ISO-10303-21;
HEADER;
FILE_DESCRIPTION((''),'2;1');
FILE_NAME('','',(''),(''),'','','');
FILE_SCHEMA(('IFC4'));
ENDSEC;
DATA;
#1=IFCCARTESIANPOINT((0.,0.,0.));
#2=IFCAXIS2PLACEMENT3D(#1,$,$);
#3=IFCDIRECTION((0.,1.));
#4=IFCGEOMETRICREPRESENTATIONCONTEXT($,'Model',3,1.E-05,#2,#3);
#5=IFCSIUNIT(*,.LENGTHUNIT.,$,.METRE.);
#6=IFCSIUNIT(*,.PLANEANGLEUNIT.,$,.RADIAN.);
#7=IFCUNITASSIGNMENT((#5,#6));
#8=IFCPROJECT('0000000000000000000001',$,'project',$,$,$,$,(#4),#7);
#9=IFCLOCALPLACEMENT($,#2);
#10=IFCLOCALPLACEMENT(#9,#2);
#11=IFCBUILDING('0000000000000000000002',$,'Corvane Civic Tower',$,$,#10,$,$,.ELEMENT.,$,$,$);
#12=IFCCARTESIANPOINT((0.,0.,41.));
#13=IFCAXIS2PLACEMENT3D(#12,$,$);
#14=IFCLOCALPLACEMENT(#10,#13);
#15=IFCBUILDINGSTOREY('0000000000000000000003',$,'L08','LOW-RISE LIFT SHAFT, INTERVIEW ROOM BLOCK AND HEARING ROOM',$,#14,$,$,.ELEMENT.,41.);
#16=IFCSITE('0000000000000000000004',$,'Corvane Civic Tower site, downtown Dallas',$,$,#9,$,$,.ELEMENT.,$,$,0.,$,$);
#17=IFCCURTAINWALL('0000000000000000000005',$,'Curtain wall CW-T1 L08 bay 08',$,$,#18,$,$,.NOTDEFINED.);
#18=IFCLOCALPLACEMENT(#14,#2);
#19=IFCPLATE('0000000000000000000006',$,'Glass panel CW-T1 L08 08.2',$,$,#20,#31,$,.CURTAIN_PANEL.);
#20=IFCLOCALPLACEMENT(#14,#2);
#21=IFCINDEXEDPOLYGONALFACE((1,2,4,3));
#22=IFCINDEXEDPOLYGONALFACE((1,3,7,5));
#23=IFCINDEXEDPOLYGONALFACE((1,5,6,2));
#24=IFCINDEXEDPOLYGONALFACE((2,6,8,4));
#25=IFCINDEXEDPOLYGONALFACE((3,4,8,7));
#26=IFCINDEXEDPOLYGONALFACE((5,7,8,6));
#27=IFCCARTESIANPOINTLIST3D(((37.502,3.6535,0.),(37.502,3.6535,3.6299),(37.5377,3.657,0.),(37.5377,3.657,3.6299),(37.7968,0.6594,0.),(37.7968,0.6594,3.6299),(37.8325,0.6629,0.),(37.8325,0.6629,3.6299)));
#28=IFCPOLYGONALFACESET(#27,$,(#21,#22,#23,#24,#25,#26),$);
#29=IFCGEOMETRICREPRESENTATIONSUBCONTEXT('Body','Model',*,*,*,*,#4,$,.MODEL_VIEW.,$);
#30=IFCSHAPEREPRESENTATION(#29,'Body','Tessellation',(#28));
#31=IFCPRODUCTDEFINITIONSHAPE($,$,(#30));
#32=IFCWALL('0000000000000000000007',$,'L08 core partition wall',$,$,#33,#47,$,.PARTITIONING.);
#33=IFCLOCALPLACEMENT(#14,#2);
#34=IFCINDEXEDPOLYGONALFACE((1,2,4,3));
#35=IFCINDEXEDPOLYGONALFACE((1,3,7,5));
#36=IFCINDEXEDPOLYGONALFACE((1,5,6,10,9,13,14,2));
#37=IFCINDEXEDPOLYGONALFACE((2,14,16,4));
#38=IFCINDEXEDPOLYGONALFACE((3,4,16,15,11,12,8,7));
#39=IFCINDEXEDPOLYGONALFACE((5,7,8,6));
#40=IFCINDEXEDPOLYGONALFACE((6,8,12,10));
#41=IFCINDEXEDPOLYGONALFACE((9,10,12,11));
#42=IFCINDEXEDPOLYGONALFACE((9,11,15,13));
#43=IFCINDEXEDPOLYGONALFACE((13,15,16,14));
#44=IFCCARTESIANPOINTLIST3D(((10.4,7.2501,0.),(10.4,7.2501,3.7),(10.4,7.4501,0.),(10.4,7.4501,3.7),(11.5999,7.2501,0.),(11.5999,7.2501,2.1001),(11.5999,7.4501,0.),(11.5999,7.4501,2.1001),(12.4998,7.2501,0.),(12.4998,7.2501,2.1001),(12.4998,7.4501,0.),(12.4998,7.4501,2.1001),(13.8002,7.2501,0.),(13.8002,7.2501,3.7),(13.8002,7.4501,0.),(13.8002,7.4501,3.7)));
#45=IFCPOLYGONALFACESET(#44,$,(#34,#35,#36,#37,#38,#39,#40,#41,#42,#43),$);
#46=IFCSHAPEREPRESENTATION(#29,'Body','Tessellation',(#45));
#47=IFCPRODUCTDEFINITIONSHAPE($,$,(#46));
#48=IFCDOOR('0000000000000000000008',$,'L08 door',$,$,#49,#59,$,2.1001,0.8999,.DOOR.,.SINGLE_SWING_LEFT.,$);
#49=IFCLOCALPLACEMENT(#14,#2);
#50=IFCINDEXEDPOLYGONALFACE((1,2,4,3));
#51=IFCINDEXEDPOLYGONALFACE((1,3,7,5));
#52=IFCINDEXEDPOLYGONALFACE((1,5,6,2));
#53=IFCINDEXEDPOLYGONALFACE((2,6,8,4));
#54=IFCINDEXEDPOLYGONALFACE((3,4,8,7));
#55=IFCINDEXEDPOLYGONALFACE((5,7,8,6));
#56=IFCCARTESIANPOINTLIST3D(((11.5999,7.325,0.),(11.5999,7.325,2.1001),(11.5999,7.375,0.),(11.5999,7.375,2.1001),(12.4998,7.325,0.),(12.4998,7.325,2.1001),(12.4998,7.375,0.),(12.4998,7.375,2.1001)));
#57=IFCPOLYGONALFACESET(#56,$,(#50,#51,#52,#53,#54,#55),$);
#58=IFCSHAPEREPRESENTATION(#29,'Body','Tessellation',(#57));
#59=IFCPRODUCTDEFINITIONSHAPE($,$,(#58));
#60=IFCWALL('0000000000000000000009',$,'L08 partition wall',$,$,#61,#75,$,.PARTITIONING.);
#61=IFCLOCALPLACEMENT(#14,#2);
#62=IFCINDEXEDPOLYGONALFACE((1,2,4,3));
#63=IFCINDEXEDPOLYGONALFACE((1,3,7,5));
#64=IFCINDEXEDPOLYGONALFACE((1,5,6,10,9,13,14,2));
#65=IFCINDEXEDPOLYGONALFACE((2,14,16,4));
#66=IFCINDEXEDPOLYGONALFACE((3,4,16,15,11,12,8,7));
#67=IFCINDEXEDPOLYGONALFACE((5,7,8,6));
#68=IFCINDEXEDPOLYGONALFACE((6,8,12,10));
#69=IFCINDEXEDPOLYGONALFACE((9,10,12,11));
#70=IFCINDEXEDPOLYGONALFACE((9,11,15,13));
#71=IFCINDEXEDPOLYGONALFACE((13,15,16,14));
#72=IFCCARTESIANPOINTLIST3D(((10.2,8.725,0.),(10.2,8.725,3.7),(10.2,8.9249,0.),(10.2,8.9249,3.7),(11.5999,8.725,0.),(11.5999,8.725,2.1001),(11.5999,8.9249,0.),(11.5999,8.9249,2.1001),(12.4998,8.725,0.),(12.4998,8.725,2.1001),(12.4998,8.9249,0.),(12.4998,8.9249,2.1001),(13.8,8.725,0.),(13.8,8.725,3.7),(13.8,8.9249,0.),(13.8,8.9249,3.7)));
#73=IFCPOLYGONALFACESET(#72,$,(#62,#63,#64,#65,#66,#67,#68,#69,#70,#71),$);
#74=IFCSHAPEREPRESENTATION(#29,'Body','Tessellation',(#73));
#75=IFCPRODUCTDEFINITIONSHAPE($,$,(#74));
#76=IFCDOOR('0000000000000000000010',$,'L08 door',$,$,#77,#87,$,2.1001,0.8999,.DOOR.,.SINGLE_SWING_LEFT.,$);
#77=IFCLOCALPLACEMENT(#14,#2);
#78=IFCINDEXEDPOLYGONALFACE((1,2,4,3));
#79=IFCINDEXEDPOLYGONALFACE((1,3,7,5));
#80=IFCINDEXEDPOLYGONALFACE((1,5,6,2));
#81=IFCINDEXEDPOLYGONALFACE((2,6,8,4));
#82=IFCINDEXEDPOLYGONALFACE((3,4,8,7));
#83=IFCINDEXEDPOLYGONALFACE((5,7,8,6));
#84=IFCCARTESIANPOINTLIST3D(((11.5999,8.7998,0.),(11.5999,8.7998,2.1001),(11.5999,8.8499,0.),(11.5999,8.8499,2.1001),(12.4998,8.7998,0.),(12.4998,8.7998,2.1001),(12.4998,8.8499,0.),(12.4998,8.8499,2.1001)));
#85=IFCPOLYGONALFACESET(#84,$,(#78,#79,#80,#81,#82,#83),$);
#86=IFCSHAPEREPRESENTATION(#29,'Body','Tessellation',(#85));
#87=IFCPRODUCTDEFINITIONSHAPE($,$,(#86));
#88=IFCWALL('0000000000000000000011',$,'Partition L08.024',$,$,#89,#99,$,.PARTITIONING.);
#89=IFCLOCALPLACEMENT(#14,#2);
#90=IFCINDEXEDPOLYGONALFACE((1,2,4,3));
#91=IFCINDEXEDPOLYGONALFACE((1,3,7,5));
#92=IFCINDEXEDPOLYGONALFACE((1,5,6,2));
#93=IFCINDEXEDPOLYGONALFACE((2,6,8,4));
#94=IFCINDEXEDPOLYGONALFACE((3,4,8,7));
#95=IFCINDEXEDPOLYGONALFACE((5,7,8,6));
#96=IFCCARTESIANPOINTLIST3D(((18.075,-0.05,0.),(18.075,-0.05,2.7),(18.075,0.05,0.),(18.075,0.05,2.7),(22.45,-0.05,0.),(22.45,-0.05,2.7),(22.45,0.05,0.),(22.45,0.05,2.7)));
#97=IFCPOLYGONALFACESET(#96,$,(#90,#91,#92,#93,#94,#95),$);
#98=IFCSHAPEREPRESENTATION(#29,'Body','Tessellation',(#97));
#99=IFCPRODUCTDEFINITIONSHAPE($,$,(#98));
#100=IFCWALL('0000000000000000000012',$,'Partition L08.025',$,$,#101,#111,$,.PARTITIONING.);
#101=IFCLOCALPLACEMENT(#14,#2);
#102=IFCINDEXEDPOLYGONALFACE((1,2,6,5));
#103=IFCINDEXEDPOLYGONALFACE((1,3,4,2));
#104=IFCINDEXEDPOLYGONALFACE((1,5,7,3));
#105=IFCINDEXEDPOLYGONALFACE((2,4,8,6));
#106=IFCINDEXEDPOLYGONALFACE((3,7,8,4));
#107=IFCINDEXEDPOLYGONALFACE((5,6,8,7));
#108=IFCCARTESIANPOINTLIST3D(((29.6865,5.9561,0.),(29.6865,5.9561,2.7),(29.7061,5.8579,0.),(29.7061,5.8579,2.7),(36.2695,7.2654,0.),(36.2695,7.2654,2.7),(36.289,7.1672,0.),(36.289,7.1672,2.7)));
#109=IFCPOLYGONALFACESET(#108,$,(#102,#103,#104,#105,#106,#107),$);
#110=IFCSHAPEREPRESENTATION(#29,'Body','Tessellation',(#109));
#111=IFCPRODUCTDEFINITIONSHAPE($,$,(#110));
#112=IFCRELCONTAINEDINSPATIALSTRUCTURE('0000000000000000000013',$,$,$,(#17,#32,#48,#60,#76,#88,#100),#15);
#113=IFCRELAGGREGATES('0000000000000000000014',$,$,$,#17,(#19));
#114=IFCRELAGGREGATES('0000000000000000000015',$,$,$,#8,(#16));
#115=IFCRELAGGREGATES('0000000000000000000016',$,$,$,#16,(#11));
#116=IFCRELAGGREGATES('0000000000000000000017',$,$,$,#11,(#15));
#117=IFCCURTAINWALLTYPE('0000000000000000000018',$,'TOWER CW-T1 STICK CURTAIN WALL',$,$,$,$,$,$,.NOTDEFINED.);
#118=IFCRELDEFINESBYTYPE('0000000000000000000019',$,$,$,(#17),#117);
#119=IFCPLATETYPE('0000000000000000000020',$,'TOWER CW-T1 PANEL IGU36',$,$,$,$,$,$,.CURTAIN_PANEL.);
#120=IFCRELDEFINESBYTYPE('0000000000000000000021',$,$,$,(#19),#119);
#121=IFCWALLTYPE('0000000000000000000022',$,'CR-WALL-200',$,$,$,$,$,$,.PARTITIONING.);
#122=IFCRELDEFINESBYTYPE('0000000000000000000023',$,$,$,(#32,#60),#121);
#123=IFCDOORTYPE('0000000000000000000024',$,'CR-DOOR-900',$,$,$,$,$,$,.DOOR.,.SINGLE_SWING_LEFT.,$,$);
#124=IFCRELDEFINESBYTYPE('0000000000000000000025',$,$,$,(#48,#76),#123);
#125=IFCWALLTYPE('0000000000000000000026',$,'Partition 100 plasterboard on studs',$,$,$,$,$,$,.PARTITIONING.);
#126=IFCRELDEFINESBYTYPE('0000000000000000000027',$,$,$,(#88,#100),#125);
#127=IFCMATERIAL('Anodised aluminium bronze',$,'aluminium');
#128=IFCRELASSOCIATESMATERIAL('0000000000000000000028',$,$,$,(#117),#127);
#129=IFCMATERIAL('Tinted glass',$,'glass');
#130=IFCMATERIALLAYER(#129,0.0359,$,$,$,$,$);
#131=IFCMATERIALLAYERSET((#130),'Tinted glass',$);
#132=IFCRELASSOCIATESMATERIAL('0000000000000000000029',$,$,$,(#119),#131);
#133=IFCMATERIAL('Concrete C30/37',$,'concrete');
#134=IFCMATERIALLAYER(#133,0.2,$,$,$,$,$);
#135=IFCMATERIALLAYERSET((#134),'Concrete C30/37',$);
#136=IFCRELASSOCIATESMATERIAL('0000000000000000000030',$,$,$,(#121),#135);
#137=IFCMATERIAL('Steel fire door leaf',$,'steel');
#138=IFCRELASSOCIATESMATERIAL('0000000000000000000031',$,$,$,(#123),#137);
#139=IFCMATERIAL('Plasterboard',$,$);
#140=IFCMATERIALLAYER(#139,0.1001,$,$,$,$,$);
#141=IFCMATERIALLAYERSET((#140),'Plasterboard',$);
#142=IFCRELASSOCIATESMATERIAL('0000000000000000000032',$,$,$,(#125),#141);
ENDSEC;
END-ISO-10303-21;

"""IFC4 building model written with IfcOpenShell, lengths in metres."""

from ifc_helpers import new_model, si_unit, direction, frame, frame_2d, origin, origin_2d, place, context, subcontext, project, spatial, rectangle, extrude, material, layer, layer_set, type_object, element, fill, aggregate, save


model = new_model("IFC4")

# Units and contexts
model_context = context("Model", 3, precision=1e-05, world=origin(), true_north=direction((0.0, 1.0)))
body_context = subcontext(model_context, "Body", "Model", "MODEL_VIEW")
ifc_project = project(units=[si_unit("LENGTHUNIT", "METRE"), si_unit("PLANEANGLEUNIT", "RADIAN")], contexts=[model_context])

# Site, building, storey
site_placement = place(None, origin())
site = spatial("IfcSite", under=ifc_project, at=site_placement, Name="Corvane Civic Tower site, downtown Dallas", CompositionType="ELEMENT", RefElevation=0.0)
building_placement = place(site_placement, origin())
building = spatial("IfcBuilding", under=site, at=building_placement, Name="Corvane Civic Tower", CompositionType="ELEMENT")
storey_placement = place(building_placement, frame((0.0, 0.0, 41.0)))
storey = spatial("IfcBuildingStorey", under=building, at=storey_placement, Name="L08", Description="LOW-RISE LIFT SHAFT, INTERVIEW ROOM BLOCK AND HEARING ROOM", CompositionType="ELEMENT", Elevation=41.0)

# Curtain wall
ifc_material_1 = material(Name="Anodised aluminium bronze", Category="aluminium")
curtain_wall_type = type_object("IfcCurtainWallType", Name="TOWER CW-T1 STICK CURTAIN WALL", PredefinedType="NOTDEFINED", material=ifc_material_1)
curtain_wall_1_placement = place(storey_placement, origin())
curtain_wall_1 = element("IfcCurtainWall", 1, at=curtain_wall_1_placement, inside=storey, type_object=curtain_wall_type, Name="Curtain wall CW-T1 L08 bay 08", PredefinedType="NOTDEFINED")

# Plate
ifc_material_2 = material(Name="Tinted glass", Category="glass")
ifc_layer_1 = layer(ifc_material_2, 0.0359)
ifc_layer_set_1 = layer_set([ifc_layer_1], Name="Tinted glass")
plate_type = type_object("IfcPlateType", Name="TOWER CW-T1 PANEL IGU36", PredefinedType="CURTAIN_PANEL", material=ifc_layer_set_1)
plate_1_placement = place(storey_placement, frame((37.6672, 2.1582, 0.0), z_axis=(0.0, 0.0, 1.0), x_axis=(0.098006, -0.995186, 0.0)))
plate_1 = element("IfcPlate", 2, at=plate_1_placement, type_object=plate_type, Name="Glass panel CW-T1 L08 08.2", PredefinedType="CURTAIN_PANEL", context=body_context, shape_type="SweptSolid", body=[
    extrude(rectangle(XDim=3.0085, YDim=0.0359, at=origin_2d()), origin(), (0.0, 0.0, 1.0), 3.6299),
])
aggregate(curtain_wall_1, [plate_1])

# Walls, openings, doors
ifc_material_3 = material(Name="Concrete C30/37", Category="concrete")
ifc_layer_2 = layer(ifc_material_3, 0.2)
ifc_layer_set_2 = layer_set([ifc_layer_2], Name="Concrete C30/37")
wall_type_1 = type_object("IfcWallType", Name="CR-WALL-200", PredefinedType="PARTITIONING", material=ifc_layer_set_2)
wall_1_placement = place(storey_placement, frame((10.3999, 7.3501, 0.0), z_axis=(0.0, 0.0, 1.0), x_axis=(1.0, 0.0, 0.0)))
wall_1 = element("IfcWall", 3, at=wall_1_placement, inside=storey, type_object=wall_type_1, Name="L08 core partition wall", PredefinedType="PARTITIONING", context=body_context, shape_type="SweptSolid", body=[
    extrude(rectangle(XDim=3.4001, YDim=0.2, at=frame_2d((1.7002, 0.0))), origin(), (0.0, 0.0, 1.0), 3.7),
])
opening_1_placement = place(wall_1_placement, frame((1.2, 0.0, 0.0)))
opening_1 = element("IfcOpeningElement", 4, at=opening_1_placement, cuts=wall_1, PredefinedType="OPENING", context=body_context, shape_type="SweptSolid", body=[
    extrude(rectangle(XDim=0.8999, YDim=2.1001, at=frame_2d((0.45, 1.05))), frame((0.0, 0.1099, 0.0), z_axis=(0.0, -1.0, 0.0), x_axis=(1.0, 0.0, 0.0)), (0.0, 0.0, 1.0), 0.22),
])
ifc_material_4 = material(Name="Steel fire door leaf", Category="steel")
door_type = type_object("IfcDoorType", Name="CR-DOOR-900", OperationType="SINGLE_SWING_LEFT", PredefinedType="DOOR", material=ifc_material_4)
door_1_placement = place(opening_1_placement, origin())
door_1 = element("IfcDoor", 5, at=door_1_placement, inside=storey, type_object=door_type, Name="L08 door", OperationType="SINGLE_SWING_LEFT", OverallHeight=2.1001, OverallWidth=0.8999, PredefinedType="DOOR", context=body_context, shape_type="SweptSolid", body=[
    extrude(rectangle(XDim=0.8999, YDim=2.1001, at=frame_2d((0.45, 1.05))), frame((0.0, 0.0249, 0.0), z_axis=(0.0, -1.0, 0.0), x_axis=(1.0, 0.0, 0.0)), (0.0, 0.0, 1.0), 0.05),
])
fill(opening_1, door_1)
wall_2_placement = place(storey_placement, frame((10.2, 8.825, 0.0), z_axis=(0.0, 0.0, 1.0), x_axis=(1.0, 0.0, 0.0)))
wall_2 = element("IfcWall", 6, at=wall_2_placement, inside=storey, type_object=wall_type_1, Name="L08 partition wall", PredefinedType="PARTITIONING", context=body_context, shape_type="SweptSolid", body=[
    extrude(rectangle(XDim=3.6001, YDim=0.2, at=frame_2d((1.8, 0.0))), origin(), (0.0, 0.0, 1.0), 3.7),
])
opening_2_placement = place(wall_2_placement, frame((1.3999, 0.0, 0.0)))
opening_2 = element("IfcOpeningElement", 7, at=opening_2_placement, cuts=wall_2, PredefinedType="OPENING", context=body_context, shape_type="SweptSolid", body=[
    extrude(rectangle(XDim=0.8999, YDim=2.1001, at=frame_2d((0.45, 1.05))), frame((0.0, 0.1099, 0.0), z_axis=(0.0, -1.0, 0.0), x_axis=(1.0, 0.0, 0.0)), (0.0, 0.0, 1.0), 0.22),
])
door_2_placement = place(opening_2_placement, origin())
door_2 = element("IfcDoor", 8, at=door_2_placement, inside=storey, type_object=door_type, Name="L08 door", OperationType="SINGLE_SWING_LEFT", OverallHeight=2.1001, OverallWidth=0.8999, PredefinedType="DOOR", context=body_context, shape_type="SweptSolid", body=[
    extrude(rectangle(XDim=0.8999, YDim=2.1001, at=frame_2d((0.45, 1.05))), frame((0.0, 0.0249, 0.0), z_axis=(0.0, -1.0, 0.0), x_axis=(1.0, 0.0, 0.0)), (0.0, 0.0, 1.0), 0.05),
])
fill(opening_2, door_2)

# Walls
ifc_material_5 = material(Name="Plasterboard")
ifc_layer_3 = layer(ifc_material_5, 0.1001)
ifc_layer_set_3 = layer_set([ifc_layer_3], Name="Plasterboard")
wall_type_2 = type_object("IfcWallType", Name="Partition 100 plasterboard on studs", PredefinedType="PARTITIONING", material=ifc_layer_set_3)
wall_3_placement = place(storey_placement, frame((18.075, 0.0, 0.0), z_axis=(0.0, 0.0, 1.0), x_axis=(1.0, 0.0, 0.0)))
element("IfcWall", 9, at=wall_3_placement, inside=storey, type_object=wall_type_2, Name="Partition L08.024", PredefinedType="PARTITIONING", context=body_context, shape_type="SweptSolid", body=[
    extrude(rectangle(XDim=4.375, YDim=0.1001, at=frame_2d((2.1875, 0.0))), origin(), (0.0, 0.0, 1.0), 2.7),
])
wall_4_placement = place(storey_placement, frame((29.6963, 5.907, 0.0), z_axis=(0.0, 0.0, 1.0), x_axis=(0.980789, 0.195074, 0.0)))
element("IfcWall", 10, at=wall_4_placement, inside=storey, type_object=wall_type_2, Name="Partition L08.025", PredefinedType="PARTITIONING", context=body_context, shape_type="SweptSolid", body=[
    extrude(rectangle(XDim=6.7119, YDim=0.1001, at=frame_2d((3.356, 0.0))), origin(), (0.0, 0.0, 1.0), 2.7),
])

save(model, "model.ifc")
